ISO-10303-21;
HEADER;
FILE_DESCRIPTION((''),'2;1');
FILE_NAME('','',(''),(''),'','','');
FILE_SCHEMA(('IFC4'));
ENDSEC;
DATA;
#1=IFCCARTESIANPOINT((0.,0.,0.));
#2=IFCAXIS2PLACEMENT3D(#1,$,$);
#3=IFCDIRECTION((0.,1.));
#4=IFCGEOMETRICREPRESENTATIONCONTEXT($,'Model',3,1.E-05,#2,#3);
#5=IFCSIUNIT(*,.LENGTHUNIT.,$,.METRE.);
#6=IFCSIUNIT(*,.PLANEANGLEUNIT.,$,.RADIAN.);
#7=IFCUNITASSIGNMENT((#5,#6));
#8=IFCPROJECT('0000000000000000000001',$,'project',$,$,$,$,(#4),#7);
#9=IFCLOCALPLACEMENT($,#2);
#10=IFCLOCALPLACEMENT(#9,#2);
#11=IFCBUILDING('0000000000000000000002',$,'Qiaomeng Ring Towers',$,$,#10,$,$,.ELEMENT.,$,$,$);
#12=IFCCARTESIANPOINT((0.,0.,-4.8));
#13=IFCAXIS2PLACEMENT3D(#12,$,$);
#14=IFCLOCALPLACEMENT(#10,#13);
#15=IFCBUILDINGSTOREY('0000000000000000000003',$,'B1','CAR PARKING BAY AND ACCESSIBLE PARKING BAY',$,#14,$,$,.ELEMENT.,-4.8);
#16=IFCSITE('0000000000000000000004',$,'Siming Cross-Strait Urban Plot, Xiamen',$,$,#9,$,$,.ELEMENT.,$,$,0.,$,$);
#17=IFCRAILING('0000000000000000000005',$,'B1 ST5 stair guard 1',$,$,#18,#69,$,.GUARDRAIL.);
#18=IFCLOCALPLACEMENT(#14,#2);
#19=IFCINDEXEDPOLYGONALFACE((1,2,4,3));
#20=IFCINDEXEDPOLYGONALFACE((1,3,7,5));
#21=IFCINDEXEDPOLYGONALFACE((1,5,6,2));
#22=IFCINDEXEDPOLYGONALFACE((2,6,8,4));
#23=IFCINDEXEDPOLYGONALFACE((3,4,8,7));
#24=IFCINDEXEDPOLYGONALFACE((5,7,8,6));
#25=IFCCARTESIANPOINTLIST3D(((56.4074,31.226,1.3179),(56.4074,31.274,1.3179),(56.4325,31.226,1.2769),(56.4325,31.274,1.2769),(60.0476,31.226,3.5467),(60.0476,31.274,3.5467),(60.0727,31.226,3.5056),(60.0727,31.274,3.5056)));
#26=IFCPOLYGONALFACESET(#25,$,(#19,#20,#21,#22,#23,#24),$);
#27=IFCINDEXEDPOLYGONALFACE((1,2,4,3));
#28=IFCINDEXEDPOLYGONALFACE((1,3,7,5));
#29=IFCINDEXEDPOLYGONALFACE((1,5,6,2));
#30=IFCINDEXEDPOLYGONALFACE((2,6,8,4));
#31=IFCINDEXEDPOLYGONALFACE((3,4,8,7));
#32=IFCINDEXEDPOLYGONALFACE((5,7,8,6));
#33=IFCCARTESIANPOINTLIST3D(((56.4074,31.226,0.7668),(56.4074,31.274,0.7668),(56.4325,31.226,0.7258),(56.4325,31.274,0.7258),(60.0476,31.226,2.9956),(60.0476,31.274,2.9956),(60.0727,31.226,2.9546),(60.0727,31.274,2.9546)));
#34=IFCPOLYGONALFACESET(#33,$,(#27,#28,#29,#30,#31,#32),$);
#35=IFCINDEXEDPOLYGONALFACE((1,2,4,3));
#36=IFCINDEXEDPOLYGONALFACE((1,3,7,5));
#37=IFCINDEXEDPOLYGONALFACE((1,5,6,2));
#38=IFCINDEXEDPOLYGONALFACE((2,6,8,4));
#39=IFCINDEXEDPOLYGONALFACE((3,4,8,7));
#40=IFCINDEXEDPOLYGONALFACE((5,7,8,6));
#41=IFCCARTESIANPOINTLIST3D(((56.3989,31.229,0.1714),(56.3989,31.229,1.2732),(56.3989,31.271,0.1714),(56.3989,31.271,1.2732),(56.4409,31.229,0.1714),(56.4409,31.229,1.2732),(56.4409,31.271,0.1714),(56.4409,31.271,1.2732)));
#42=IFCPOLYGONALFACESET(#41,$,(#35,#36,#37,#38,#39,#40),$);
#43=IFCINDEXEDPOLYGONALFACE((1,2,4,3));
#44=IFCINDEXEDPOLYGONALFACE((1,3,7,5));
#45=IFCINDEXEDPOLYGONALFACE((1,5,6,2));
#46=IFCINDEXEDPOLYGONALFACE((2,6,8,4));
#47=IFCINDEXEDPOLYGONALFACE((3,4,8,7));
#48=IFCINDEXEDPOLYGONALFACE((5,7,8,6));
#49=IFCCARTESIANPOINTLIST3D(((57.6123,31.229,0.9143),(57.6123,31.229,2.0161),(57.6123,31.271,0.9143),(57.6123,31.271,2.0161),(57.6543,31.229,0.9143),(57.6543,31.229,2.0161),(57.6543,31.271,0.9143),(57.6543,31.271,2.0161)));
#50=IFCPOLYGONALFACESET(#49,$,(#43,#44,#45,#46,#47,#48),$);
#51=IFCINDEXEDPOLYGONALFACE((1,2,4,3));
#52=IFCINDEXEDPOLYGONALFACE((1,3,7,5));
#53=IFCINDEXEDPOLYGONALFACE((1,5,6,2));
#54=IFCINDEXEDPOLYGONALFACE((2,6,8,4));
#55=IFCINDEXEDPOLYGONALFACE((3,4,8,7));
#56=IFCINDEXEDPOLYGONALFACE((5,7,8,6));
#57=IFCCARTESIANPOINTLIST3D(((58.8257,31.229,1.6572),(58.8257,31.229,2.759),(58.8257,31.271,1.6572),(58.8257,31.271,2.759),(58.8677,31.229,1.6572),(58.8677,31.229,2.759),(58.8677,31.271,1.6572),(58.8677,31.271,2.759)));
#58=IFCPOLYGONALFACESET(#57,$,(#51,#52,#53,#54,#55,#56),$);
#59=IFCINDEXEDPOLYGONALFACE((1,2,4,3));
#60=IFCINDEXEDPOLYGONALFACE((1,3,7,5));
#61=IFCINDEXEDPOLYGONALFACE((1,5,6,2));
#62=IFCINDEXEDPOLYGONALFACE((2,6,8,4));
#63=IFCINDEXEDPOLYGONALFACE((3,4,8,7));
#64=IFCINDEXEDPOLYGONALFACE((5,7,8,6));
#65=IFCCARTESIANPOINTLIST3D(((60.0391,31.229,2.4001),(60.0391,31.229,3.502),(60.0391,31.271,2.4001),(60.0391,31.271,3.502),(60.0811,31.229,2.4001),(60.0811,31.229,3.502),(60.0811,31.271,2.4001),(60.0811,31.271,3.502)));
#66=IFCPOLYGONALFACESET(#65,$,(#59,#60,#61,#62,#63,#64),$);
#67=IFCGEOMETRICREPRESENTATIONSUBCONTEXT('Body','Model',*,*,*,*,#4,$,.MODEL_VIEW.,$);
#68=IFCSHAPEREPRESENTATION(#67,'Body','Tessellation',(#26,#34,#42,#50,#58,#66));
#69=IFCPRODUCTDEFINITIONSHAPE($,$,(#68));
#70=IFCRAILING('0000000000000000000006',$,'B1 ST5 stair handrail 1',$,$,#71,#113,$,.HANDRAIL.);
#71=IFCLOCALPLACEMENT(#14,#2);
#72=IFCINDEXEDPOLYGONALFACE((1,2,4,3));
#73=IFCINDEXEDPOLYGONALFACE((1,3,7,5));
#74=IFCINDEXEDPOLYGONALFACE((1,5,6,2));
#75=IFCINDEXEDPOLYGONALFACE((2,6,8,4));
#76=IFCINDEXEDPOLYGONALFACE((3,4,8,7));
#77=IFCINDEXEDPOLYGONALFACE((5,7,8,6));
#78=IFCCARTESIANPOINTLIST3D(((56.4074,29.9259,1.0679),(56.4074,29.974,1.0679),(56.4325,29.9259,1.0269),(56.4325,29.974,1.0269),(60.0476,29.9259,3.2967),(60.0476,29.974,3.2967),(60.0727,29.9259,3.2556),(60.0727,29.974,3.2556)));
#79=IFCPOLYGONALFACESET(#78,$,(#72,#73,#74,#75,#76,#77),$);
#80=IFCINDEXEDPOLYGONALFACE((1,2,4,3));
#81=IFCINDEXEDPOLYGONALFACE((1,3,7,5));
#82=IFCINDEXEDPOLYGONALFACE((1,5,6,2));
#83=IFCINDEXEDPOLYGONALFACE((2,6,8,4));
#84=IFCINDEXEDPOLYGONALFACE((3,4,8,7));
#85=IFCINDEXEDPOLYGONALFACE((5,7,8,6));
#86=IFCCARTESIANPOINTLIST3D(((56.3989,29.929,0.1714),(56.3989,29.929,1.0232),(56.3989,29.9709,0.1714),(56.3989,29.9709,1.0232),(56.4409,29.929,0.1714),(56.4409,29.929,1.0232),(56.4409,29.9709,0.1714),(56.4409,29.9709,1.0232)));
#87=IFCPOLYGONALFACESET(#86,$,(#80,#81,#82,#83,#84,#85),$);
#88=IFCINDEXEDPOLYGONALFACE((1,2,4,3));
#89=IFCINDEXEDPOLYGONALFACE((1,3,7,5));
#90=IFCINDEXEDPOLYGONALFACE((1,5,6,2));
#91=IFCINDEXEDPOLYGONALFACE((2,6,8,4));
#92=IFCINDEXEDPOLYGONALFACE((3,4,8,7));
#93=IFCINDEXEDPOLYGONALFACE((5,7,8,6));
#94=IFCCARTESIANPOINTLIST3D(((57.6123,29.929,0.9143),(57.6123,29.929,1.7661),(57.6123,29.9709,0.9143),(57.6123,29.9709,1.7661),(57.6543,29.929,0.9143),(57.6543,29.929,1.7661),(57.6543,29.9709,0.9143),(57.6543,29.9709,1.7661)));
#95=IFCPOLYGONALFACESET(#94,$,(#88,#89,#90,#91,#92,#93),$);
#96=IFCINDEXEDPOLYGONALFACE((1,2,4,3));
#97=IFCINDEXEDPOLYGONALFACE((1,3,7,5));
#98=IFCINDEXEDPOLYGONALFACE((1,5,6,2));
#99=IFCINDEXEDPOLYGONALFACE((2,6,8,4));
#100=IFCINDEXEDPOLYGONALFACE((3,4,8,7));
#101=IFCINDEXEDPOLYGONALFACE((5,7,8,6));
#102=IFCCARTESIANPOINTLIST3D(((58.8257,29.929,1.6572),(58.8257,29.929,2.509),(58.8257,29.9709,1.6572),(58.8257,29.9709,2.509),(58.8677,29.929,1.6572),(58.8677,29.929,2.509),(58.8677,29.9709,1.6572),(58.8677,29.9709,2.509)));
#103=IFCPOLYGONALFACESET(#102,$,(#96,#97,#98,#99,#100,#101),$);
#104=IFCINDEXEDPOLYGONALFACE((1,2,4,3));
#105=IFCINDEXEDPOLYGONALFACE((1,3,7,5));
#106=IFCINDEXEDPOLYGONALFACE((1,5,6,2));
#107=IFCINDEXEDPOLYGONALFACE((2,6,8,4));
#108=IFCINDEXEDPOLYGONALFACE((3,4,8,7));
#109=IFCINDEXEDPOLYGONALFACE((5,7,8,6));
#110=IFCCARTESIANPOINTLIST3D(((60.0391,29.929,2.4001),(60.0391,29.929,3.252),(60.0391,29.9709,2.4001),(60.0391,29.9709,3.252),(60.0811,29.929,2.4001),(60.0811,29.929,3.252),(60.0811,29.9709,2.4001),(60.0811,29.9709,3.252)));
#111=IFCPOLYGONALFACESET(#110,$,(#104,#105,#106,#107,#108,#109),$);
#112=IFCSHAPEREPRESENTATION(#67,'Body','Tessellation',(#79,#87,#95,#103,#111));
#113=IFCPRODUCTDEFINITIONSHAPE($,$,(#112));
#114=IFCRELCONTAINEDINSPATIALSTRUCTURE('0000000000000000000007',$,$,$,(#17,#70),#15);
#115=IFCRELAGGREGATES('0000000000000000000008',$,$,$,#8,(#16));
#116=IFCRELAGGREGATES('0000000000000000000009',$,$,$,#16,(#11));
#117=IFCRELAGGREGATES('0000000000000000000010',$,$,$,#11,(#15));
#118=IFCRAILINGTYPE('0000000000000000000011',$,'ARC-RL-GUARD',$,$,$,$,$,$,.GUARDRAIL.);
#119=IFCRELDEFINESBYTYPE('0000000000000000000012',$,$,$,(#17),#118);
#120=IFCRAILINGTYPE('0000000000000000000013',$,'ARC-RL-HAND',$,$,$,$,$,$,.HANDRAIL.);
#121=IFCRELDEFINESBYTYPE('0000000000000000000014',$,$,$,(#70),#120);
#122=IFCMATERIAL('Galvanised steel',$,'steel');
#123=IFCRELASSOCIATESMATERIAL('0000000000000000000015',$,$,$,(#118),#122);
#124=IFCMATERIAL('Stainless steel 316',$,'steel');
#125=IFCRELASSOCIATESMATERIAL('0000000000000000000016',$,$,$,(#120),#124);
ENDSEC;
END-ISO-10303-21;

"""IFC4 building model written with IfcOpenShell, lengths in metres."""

from ifc_helpers import new_model, si_unit, direction, frame, origin, origin_2d, place, context, subcontext, project, spatial, rectangle, extrude, material, type_object, element, save


model = new_model("IFC4")

# Units and contexts
model_context = context("Model", 3, precision=1e-05, world=origin(), true_north=direction((0.0, 1.0)))
body_context = subcontext(model_context, "Body", "Model", "MODEL_VIEW")
ifc_project = project(units=[si_unit("LENGTHUNIT", "METRE"), si_unit("PLANEANGLEUNIT", "RADIAN")], contexts=[model_context])

# Site, building, storey
site_placement = place(None, origin())
site = spatial("IfcSite", under=ifc_project, at=site_placement, Name="Siming Cross-Strait Urban Plot, Xiamen", CompositionType="ELEMENT", RefElevation=0.0)
building_placement = place(site_placement, origin())
building = spatial("IfcBuilding", under=site, at=building_placement, Name="Qiaomeng Ring Towers", CompositionType="ELEMENT")
storey_placement = place(building_placement, frame((0.0, 0.0, -4.8)))
storey = spatial("IfcBuildingStorey", under=building, at=storey_placement, Name="B1", Description="CAR PARKING BAY AND ACCESSIBLE PARKING BAY", CompositionType="ELEMENT", Elevation=-4.8)

# Shared definitions
ifc_material_1 = material(Name="Galvanised steel", Category="steel")
ifc_material_2 = material(Name="Stainless steel 316", Category="steel")

# Railings
railing_type_1 = type_object("IfcRailingType", Name="ARC-RL-GUARD", PredefinedType="GUARDRAIL", material=ifc_material_1)
railing_1_placement = place(storey_placement, frame((56.4199, 31.25, 0.1714)))
element("IfcRailing", 1, at=railing_1_placement, inside=storey, type_object=railing_type_1, Name="B1 ST5 stair guard 1", PredefinedType="GUARDRAIL", context=body_context, shape_type="SweptSolid", body=[
    extrude(rectangle(XDim=0.0481, YDim=0.0481, at=origin_2d()), frame((0.0, 0.0, 1.126), z_axis=(0.85284, 0.0, 0.522172), x_axis=(0.0, 1.0, 0.0)), (0.0, 0.0, 1.0), 4.2683),
    extrude(rectangle(XDim=0.0481, YDim=0.0481, at=origin_2d()), frame((0.0, 0.0, 0.575), z_axis=(0.85284, 0.0, 0.522172), x_axis=(0.0, 1.0, 0.0)), (0.0, 0.0, 1.0), 4.2683),
    extrude(rectangle(XDim=0.042, YDim=0.042, at=origin_2d()), origin(), (0.0, 0.0, 1.0), 1.1018),
    extrude(rectangle(XDim=0.042, YDim=0.042, at=origin_2d()), frame((1.2134, 0.0, 0.7429)), (0.0, 0.0, 1.0), 1.1018),
    extrude(rectangle(XDim=0.042, YDim=0.042, at=origin_2d()), frame((2.4268, 0.0, 1.4858)), (0.0, 0.0, 1.0), 1.1018),
    extrude(rectangle(XDim=0.042, YDim=0.042, at=origin_2d()), frame((3.6401, 0.0, 2.2288)), (0.0, 0.0, 1.0), 1.1018),
])
railing_type_2 = type_object("IfcRailingType", Name="ARC-RL-HAND", PredefinedType="HANDRAIL", material=ifc_material_2)
railing_2_placement = place(storey_placement, frame((56.4199, 29.95, 0.1714)))
element("IfcRailing", 2, at=railing_2_placement, inside=storey, type_object=railing_type_2, Name="B1 ST5 stair handrail 1", PredefinedType="HANDRAIL", context=body_context, shape_type="SweptSolid", body=[
    extrude(rectangle(XDim=0.0481, YDim=0.0481, at=origin_2d()), frame((0.0, 0.0, 0.876), z_axis=(0.85284, 0.0, 0.522172), x_axis=(0.0, 1.0, 0.0)), (0.0, 0.0, 1.0), 4.2683),
    extrude(rectangle(XDim=0.042, YDim=0.042, at=origin_2d()), origin(), (0.0, 0.0, 1.0), 0.8518),
    extrude(rectangle(XDim=0.042, YDim=0.042, at=origin_2d()), frame((1.2134, 0.0, 0.7429)), (0.0, 0.0, 1.0), 0.8518),
    extrude(rectangle(XDim=0.042, YDim=0.042, at=origin_2d()), frame((2.4268, 0.0, 1.4858)), (0.0, 0.0, 1.0), 0.8518),
    extrude(rectangle(XDim=0.042, YDim=0.042, at=origin_2d()), frame((3.6401, 0.0, 2.2288)), (0.0, 0.0, 1.0), 0.8518),
])

save(model, "model.ifc")
